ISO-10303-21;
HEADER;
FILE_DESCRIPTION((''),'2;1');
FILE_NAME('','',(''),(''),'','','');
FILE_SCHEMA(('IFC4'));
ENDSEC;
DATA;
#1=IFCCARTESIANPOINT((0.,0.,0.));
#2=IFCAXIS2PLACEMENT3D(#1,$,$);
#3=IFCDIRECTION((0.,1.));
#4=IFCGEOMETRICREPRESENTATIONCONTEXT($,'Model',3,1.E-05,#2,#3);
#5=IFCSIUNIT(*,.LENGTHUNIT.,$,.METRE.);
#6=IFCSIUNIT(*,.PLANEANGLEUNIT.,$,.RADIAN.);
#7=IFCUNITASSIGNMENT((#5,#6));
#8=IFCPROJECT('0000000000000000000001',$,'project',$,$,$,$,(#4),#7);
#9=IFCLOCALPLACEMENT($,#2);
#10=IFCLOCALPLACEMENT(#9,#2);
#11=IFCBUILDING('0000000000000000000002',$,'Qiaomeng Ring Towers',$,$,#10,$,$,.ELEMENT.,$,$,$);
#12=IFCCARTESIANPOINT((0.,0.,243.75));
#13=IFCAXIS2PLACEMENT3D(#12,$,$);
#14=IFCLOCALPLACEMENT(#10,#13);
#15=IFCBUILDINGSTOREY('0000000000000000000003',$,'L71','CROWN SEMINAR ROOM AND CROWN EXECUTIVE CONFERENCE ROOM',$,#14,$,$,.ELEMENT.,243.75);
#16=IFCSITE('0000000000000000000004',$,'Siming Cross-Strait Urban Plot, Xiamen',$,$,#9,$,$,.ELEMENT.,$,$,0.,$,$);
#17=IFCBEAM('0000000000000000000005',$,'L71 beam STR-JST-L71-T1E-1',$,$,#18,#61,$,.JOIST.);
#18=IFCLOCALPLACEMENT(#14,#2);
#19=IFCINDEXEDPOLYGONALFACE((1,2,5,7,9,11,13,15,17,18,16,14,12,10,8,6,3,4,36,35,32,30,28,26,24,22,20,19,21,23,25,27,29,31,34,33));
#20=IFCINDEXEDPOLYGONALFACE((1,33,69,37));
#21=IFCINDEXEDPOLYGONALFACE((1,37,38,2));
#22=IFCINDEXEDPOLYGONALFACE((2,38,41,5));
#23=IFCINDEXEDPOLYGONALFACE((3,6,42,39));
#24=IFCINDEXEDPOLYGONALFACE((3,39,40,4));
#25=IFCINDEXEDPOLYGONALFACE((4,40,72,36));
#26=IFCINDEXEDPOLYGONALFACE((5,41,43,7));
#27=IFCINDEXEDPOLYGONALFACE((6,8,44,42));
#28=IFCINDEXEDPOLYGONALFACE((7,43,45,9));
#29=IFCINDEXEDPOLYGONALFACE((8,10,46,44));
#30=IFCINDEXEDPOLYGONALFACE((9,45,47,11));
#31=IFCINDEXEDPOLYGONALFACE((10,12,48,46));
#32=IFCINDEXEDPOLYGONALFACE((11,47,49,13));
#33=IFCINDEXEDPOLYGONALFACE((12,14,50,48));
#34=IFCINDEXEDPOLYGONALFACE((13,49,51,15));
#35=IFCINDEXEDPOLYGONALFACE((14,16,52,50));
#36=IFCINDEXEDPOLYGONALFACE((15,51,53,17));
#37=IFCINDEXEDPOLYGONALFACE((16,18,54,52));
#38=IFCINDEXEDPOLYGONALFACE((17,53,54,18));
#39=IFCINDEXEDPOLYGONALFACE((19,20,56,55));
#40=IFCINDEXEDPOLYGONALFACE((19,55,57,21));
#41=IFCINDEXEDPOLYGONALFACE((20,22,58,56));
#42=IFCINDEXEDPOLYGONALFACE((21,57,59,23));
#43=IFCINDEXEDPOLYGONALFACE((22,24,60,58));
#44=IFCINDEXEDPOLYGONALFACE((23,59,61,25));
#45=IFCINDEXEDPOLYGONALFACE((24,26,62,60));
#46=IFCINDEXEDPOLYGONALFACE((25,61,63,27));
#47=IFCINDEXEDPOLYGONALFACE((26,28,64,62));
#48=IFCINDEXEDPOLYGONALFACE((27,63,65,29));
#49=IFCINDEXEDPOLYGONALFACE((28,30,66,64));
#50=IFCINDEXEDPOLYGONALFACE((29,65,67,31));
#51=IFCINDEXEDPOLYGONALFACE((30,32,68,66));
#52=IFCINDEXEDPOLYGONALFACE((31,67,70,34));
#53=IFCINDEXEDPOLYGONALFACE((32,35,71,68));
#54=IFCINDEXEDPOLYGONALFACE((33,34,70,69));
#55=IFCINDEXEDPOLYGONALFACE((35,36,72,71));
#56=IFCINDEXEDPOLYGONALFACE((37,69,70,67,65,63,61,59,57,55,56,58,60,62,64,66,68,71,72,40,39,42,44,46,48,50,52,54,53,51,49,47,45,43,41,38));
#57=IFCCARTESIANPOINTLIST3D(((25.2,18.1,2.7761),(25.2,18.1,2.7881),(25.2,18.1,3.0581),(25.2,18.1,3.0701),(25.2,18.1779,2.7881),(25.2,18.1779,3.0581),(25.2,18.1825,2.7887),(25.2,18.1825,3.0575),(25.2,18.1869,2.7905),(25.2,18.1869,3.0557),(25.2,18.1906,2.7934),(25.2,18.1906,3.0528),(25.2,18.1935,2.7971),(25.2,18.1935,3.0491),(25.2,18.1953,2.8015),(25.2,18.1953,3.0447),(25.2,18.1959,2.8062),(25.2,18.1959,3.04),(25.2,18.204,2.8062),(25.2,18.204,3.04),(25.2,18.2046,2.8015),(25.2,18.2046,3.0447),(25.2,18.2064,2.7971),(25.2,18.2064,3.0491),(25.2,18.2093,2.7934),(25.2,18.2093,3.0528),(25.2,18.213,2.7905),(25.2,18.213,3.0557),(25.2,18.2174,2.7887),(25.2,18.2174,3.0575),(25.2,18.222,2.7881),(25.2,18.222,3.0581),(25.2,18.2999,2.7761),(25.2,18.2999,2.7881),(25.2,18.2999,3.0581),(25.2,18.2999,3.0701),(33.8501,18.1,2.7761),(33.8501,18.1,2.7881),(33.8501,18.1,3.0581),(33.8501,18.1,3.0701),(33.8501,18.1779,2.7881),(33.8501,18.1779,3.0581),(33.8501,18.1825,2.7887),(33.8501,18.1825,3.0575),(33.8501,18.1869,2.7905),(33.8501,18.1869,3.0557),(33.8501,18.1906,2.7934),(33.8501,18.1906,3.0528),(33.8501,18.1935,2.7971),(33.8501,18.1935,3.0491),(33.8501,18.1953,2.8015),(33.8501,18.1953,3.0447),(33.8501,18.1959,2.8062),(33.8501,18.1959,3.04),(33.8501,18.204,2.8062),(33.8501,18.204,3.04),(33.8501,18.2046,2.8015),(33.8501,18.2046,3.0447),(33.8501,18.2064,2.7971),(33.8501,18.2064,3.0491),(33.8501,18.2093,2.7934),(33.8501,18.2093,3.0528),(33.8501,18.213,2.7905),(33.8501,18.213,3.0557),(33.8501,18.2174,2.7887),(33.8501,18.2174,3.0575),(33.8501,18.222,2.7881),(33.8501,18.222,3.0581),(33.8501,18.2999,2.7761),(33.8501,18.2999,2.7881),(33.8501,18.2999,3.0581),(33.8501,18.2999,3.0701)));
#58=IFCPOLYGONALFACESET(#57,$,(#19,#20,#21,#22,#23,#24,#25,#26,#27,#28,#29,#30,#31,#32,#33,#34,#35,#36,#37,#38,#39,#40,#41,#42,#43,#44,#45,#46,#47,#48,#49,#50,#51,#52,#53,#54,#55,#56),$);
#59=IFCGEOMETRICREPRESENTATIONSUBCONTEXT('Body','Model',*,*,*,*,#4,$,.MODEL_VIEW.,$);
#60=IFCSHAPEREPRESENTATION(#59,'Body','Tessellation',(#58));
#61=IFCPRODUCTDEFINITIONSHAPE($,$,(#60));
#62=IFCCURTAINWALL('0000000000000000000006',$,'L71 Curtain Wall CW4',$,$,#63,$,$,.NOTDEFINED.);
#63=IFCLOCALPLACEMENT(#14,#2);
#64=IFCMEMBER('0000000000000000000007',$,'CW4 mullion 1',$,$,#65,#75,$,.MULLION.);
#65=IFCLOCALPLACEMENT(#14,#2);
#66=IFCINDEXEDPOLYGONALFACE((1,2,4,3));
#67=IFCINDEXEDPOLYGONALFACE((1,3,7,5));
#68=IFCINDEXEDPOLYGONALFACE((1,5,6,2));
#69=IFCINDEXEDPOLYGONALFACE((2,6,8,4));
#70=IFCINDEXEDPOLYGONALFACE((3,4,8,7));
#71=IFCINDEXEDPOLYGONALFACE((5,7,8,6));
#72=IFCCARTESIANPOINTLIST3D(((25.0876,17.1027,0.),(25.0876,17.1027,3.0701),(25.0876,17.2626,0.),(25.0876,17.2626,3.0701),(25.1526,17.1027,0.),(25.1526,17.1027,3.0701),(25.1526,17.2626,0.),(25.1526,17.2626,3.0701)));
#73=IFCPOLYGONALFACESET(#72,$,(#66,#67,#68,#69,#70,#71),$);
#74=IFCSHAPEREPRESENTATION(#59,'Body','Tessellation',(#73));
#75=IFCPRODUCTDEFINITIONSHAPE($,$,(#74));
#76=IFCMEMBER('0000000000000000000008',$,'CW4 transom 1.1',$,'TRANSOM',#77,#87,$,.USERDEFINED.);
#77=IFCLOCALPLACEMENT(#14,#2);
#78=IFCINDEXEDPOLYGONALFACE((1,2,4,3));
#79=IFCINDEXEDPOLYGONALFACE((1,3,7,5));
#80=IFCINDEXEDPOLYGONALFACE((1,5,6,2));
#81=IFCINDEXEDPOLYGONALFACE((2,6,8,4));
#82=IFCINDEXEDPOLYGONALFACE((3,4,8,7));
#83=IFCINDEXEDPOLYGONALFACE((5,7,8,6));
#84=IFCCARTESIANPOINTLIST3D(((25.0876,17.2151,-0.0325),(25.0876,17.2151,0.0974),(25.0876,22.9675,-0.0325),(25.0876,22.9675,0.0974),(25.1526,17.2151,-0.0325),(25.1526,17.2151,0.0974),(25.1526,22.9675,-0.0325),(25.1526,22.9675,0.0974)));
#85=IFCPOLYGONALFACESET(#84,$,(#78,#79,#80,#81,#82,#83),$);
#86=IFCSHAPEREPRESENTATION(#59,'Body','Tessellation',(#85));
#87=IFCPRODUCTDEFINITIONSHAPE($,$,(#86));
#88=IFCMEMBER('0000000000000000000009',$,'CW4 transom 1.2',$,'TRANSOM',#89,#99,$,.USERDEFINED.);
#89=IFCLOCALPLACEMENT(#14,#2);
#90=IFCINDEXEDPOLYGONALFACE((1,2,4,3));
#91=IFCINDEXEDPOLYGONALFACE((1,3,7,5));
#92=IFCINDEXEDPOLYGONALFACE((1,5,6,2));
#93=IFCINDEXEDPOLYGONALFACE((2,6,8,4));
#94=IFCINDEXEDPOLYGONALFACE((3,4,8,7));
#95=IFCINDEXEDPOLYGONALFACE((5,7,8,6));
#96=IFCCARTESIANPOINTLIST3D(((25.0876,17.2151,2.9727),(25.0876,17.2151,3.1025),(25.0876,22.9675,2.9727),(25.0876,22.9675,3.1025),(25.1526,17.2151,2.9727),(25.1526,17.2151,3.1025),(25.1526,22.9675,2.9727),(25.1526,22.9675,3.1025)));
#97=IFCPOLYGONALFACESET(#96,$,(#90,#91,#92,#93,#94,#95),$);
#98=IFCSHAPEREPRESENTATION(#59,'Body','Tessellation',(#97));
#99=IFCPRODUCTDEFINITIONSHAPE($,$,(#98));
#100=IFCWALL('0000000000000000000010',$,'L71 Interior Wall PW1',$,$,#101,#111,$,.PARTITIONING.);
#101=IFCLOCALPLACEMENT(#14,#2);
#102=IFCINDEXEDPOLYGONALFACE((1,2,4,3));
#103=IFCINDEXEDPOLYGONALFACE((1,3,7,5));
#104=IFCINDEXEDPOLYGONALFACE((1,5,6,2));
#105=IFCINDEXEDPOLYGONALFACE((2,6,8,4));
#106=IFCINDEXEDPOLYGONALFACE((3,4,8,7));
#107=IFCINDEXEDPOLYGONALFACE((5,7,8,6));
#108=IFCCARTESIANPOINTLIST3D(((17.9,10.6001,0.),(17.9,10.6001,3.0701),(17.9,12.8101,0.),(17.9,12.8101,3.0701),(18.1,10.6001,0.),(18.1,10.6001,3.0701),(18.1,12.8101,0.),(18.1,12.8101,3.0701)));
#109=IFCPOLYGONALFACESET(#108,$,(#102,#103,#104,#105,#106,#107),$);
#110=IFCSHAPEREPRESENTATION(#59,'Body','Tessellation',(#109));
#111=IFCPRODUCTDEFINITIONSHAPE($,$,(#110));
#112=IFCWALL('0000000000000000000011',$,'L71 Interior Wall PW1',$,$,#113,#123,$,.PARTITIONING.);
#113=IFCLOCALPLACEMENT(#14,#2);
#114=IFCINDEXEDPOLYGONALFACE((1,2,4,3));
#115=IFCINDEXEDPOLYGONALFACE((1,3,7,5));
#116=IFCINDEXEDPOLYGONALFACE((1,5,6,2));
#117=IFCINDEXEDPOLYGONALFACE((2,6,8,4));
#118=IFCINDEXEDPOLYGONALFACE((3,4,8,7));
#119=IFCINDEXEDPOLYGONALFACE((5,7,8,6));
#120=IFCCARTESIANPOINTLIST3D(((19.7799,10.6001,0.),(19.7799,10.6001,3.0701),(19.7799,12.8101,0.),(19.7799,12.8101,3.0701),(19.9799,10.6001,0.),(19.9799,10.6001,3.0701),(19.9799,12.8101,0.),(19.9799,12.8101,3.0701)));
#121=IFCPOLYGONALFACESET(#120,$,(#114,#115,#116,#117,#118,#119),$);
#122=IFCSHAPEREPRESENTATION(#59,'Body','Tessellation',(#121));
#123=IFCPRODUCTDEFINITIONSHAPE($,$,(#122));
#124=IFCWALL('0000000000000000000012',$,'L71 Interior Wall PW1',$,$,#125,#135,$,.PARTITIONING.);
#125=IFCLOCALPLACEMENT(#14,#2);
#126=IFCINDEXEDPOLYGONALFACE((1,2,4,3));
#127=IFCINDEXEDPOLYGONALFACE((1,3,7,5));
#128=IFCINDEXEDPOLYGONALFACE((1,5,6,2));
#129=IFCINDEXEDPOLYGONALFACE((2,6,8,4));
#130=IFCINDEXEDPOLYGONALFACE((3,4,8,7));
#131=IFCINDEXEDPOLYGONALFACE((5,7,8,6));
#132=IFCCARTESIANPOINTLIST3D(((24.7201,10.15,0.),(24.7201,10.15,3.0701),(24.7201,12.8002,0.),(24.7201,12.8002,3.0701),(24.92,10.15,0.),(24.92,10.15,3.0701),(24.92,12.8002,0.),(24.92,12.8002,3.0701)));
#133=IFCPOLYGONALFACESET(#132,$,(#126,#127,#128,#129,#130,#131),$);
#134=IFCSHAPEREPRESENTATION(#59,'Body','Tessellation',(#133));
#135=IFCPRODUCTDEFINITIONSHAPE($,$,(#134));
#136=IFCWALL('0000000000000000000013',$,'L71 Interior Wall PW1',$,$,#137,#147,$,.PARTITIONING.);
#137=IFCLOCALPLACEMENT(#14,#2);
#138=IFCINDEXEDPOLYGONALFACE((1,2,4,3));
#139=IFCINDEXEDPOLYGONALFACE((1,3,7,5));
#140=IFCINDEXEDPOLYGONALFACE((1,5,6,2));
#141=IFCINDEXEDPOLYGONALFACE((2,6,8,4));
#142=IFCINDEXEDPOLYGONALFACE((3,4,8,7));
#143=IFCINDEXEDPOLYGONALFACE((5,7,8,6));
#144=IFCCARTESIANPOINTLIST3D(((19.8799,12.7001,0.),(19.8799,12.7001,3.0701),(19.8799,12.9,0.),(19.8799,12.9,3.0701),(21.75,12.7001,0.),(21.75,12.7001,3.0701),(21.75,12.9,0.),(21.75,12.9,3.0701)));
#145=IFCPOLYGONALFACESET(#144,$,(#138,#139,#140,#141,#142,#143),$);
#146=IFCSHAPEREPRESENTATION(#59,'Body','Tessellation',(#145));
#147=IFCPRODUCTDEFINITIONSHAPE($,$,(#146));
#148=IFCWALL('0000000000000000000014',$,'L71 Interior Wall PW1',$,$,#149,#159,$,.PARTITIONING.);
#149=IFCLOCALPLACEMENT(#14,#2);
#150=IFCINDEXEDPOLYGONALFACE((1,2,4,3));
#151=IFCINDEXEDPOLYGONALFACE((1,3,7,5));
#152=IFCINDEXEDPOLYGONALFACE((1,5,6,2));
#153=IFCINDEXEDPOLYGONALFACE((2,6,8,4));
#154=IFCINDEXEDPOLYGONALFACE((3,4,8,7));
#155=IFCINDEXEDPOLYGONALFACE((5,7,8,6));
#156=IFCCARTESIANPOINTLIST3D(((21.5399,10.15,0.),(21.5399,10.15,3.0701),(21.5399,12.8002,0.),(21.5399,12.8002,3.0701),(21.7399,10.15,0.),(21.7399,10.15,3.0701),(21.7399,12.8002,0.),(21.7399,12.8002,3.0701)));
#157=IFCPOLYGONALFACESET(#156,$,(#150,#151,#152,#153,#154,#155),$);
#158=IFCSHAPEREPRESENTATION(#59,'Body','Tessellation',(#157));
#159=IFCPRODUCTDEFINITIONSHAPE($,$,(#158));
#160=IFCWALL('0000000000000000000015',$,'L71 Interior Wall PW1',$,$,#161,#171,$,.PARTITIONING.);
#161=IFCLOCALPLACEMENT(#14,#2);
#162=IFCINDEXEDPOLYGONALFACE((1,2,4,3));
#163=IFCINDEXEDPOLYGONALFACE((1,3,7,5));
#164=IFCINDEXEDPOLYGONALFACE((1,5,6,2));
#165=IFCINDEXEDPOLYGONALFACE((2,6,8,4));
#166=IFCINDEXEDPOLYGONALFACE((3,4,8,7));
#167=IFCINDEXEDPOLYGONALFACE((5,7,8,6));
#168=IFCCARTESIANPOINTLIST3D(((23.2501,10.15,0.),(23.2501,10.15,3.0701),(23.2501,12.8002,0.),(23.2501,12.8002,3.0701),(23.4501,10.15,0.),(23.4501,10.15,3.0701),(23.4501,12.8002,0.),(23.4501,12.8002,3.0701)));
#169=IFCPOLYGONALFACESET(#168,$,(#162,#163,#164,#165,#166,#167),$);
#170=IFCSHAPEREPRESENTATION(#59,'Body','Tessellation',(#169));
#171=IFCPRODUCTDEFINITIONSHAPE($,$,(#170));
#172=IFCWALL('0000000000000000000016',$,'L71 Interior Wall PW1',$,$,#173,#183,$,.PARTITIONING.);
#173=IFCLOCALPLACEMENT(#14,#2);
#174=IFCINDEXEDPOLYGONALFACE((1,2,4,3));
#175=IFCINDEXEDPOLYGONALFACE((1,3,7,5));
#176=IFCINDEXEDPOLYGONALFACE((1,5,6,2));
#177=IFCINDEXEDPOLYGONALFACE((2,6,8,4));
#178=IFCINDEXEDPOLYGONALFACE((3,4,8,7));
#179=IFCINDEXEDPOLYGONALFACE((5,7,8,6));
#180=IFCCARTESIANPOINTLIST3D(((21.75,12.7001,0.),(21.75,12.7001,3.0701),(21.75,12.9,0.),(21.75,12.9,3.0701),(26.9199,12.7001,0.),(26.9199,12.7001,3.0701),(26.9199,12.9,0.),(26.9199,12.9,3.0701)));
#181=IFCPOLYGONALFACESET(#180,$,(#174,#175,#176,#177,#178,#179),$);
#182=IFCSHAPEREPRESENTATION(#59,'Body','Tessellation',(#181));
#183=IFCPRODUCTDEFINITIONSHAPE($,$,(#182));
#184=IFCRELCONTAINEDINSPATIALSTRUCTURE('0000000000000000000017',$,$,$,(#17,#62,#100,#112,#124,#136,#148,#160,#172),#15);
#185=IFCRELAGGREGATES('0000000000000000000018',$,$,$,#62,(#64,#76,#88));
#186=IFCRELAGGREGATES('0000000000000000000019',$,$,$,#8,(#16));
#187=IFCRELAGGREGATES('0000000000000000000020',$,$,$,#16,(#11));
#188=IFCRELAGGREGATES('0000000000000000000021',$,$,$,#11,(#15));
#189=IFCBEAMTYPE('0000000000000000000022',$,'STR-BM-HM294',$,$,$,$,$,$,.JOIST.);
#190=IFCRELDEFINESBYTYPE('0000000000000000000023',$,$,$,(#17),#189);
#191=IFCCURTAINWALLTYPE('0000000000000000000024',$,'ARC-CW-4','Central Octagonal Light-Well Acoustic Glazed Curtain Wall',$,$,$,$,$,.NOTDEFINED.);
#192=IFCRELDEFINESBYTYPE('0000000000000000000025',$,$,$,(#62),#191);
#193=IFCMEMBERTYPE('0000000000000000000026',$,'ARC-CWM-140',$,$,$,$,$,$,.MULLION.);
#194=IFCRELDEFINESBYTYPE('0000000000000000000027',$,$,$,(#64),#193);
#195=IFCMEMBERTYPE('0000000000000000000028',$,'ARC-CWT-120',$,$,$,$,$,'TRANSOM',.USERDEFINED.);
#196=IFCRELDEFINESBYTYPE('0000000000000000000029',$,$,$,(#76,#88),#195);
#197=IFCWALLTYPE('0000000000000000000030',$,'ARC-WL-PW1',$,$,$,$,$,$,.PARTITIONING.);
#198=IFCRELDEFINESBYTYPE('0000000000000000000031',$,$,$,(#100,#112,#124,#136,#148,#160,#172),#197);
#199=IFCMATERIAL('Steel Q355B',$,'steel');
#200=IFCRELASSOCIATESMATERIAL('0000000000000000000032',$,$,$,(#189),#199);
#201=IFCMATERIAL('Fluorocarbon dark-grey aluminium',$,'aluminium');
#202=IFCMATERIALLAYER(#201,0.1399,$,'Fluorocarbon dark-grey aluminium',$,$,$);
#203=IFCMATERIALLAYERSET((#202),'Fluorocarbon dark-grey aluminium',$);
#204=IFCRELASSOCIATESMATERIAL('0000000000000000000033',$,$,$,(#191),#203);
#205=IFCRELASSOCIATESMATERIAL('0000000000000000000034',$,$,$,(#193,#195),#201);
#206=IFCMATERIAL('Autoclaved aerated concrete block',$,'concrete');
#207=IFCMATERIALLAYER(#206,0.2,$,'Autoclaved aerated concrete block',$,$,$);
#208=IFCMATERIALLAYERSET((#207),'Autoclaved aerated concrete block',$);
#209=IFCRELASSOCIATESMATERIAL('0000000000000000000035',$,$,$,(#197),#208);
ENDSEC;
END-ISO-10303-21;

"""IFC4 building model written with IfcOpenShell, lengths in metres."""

from ifc_helpers import new_model, si_unit, direction, frame, frame_2d, origin, origin_2d, place, context, subcontext, project, spatial, rectangle, i_section, extrude, source, transform, mapped, material, layer, layer_set, material_profile, profile_set, type_object, element, aggregate, save


model = new_model("IFC4")

# Units and contexts
model_context = context("Model", 3, precision=1e-05, world=origin(), true_north=direction((0.0, 1.0)))
body_context = subcontext(model_context, "Body", "Model", "MODEL_VIEW")
ifc_project = project(units=[si_unit("LENGTHUNIT", "METRE"), si_unit("PLANEANGLEUNIT", "RADIAN")], contexts=[model_context])

# Site, building, storey
site_placement = place(None, origin())
site = spatial("IfcSite", under=ifc_project, at=site_placement, Name="Siming Cross-Strait Urban Plot, Xiamen", CompositionType="ELEMENT", RefElevation=0.0)
building_placement = place(site_placement, origin())
building = spatial("IfcBuilding", under=site, at=building_placement, Name="Qiaomeng Ring Towers", CompositionType="ELEMENT")
storey_placement = place(building_placement, frame((0.0, 0.0, 243.75)))
storey = spatial("IfcBuildingStorey", under=building, at=storey_placement, Name="L71", Description="CROWN SEMINAR ROOM AND CROWN EXECUTIVE CONFERENCE ROOM", CompositionType="ELEMENT", Elevation=243.75)

# Beam
ifc_material_1 = material(Name="Steel Q355B", Category="steel")
ifc_material_profile_1 = material_profile(ifc_material_1, i_section(OverallWidth=0.2, OverallDepth=0.2939, WebThickness=0.0081, FlangeThickness=0.012, FilletRadius=0.0181, at=origin_2d()), Name="HM 294x200x8x12")
ifc_profile_set_1 = profile_set([ifc_material_profile_1], Name="Steel Q355B")
beam_type_1 = type_object("IfcBeamType", Name="STR-BM-HM294", PredefinedType="JOIST", material=ifc_profile_set_1)
shared_shape_1 = source(origin(), body_context, "Body", "SweptSolid", [
    extrude(i_section(OverallWidth=0.2, OverallDepth=0.2939, WebThickness=0.0081, FlangeThickness=0.012, FilletRadius=0.0181, at=origin_2d()), origin(), (0.0, 0.0, 1.0), 8.6501),
])
beam_1_placement = place(storey_placement, frame((25.2, 18.2, 2.9231), z_axis=(1.0, 0.0, 0.0), x_axis=(0.0, 1.0, 0.0)))
element("IfcBeam", 1, at=beam_1_placement, inside=storey, type_object=beam_type_1, Name="L71 beam STR-JST-L71-T1E-1", PredefinedType="JOIST", context=body_context, shape_type="MappedRepresentation", body=[
    mapped(shared_shape_1, transform((0.0, 0.0, 0.0), x_axis=(1.0, 0.0, 0.0), y_axis=(0.0, 1.0, 0.0), z_axis=(0.0, 0.0, 1.0), scale=1.0)),
])

# Curtain wall, members
ifc_material_2 = material(Name="Fluorocarbon dark-grey aluminium", Category="aluminium")
ifc_layer_1 = layer(ifc_material_2, 0.1399, Name="Fluorocarbon dark-grey aluminium")
ifc_layer_set_1 = layer_set([ifc_layer_1], Name="Fluorocarbon dark-grey aluminium")
curtain_wall_type = type_object("IfcCurtainWallType", Name="ARC-CW-4", Description="Central Octagonal Light-Well Acoustic Glazed Curtain Wall", PredefinedType="NOTDEFINED", material=ifc_layer_set_1)
curtain_wall_placement = place(storey_placement, origin())
curtain_wall = element("IfcCurtainWall", 2, at=curtain_wall_placement, inside=storey, type_object=curtain_wall_type, Name="L71 Curtain Wall CW4", PredefinedType="NOTDEFINED")
ifc_material_profile_2 = material_profile(ifc_material_2, rectangle(XDim=0.0649, YDim=0.1599, at=origin_2d()), Name="ALU MULL 65x160")
ifc_profile_set_2 = profile_set([ifc_material_profile_2], Name="Fluorocarbon dark-grey aluminium")
member_type_1 = type_object("IfcMemberType", Name="ARC-CWM-140", PredefinedType="MULLION", material=ifc_profile_set_2)
shared_shape_2 = source(origin(), body_context, "Body", "SweptSolid", [
    extrude(rectangle(XDim=0.0649, YDim=0.1599, at=origin_2d()), origin(), (0.0, 0.0, 1.0), 3.0701),
])
member_1_placement = place(storey_placement, frame((25.1201, 17.1826, 0.0), z_axis=(0.0, 0.0, 1.0), x_axis=(-1.0, 0.0, 0.0)))
member_1 = element("IfcMember", 3, at=member_1_placement, type_object=member_type_1, Name="CW4 mullion 1", PredefinedType="MULLION", context=body_context, shape_type="MappedRepresentation", body=[
    mapped(shared_shape_2, transform((0.0, 0.0, 0.0), x_axis=(1.0, 0.0, 0.0), y_axis=(0.0, 1.0, 0.0), z_axis=(0.0, 0.0, 1.0), scale=1.0)),
])
ifc_material_profile_3 = material_profile(ifc_material_2, rectangle(XDim=0.0649, YDim=0.1299, at=origin_2d()), Name="ALU TRAN 65x130")
ifc_profile_set_3 = profile_set([ifc_material_profile_3], Name="Fluorocarbon dark-grey aluminium")
member_type_2 = type_object("IfcMemberType", Name="ARC-CWT-120", ElementType="TRANSOM", PredefinedType="USERDEFINED", material=ifc_profile_set_3)
shared_shape_3 = source(origin(), body_context, "Body", "SweptSolid", [
    extrude(rectangle(XDim=0.0649, YDim=0.1299, at=origin_2d()), origin(), (0.0, 0.0, 1.0), 5.7524),
])
member_2_placement = place(storey_placement, frame((25.1201, 17.2151, 0.0325), z_axis=(0.0, 1.0, 0.0), x_axis=(-1.0, 0.0, 0.0)))
member_2 = element("IfcMember", 4, at=member_2_placement, type_object=member_type_2, Name="CW4 transom 1.1", ObjectType="TRANSOM", PredefinedType="USERDEFINED", context=body_context, shape_type="MappedRepresentation", body=[
    mapped(shared_shape_3, transform((0.0, 0.0, 0.0), x_axis=(1.0, 0.0, 0.0), y_axis=(0.0, 1.0, 0.0), z_axis=(0.0, 0.0, 1.0), scale=1.0)),
])
member_3_placement = place(storey_placement, frame((25.1201, 17.2151, 3.0376), z_axis=(0.0, 1.0, 0.0), x_axis=(-1.0, 0.0, 0.0)))
member_3 = element("IfcMember", 5, at=member_3_placement, type_object=member_type_2, Name="CW4 transom 1.2", ObjectType="TRANSOM", PredefinedType="USERDEFINED", context=body_context, shape_type="MappedRepresentation", body=[
    mapped(shared_shape_3, transform((0.0, 0.0, 0.0), x_axis=(1.0, 0.0, 0.0), y_axis=(0.0, 1.0, 0.0), z_axis=(0.0, 0.0, 1.0), scale=1.0)),
])
aggregate(curtain_wall, [member_1, member_2, member_3])

# Walls
ifc_material_3 = material(Name="Autoclaved aerated concrete block", Category="concrete")
ifc_layer_2 = layer(ifc_material_3, 0.2, Name="Autoclaved aerated concrete block")
ifc_layer_set_2 = layer_set([ifc_layer_2], Name="Autoclaved aerated concrete block")
wall_type_1 = type_object("IfcWallType", Name="ARC-WL-PW1", PredefinedType="PARTITIONING", material=ifc_layer_set_2)
for number, where, z_axis, x_axis, name in (
    (6, (18.0, 10.6001, 0.0), (0.0, 0.0, 1.0), (0.0, 1.0, 0.0), "L71 Interior Wall PW1"),
    (7, (19.8799, 10.6001, 0.0), (0.0, 0.0, 1.0), (0.0, 1.0, 0.0), "L71 Interior Wall PW1"),
):
    element("IfcWall", number, at=place(storey_placement, frame(where, z_axis=z_axis, x_axis=x_axis)), inside=storey, type_object=wall_type_1, Name=name, PredefinedType="PARTITIONING", context=body_context, shape_type="SweptSolid", body=[
        extrude(rectangle(XDim=2.21, YDim=0.2, at=frame_2d((1.105, 0.0))), origin(), (0.0, 0.0, 1.0), 3.0701),
    ])
wall_1_placement = place(storey_placement, frame((24.8201, 10.1499, 0.0), z_axis=(0.0, 0.0, 1.0), x_axis=(0.0, 1.0, 0.0)))
element("IfcWall", 8, at=wall_1_placement, inside=storey, type_object=wall_type_1, Name="L71 Interior Wall PW1", PredefinedType="PARTITIONING", context=body_context, shape_type="SweptSolid", body=[
    extrude(rectangle(XDim=2.6501, YDim=0.2, at=frame_2d((1.3252, 0.0))), origin(), (0.0, 0.0, 1.0), 3.0701),
])
wall_2_placement = place(storey_placement, frame((19.8799, 12.8, 0.0), z_axis=(0.0, 0.0, 1.0), x_axis=(1.0, 0.0, 0.0)))
element("IfcWall", 9, at=wall_2_placement, inside=storey, type_object=wall_type_1, Name="L71 Interior Wall PW1", PredefinedType="PARTITIONING", context=body_context, shape_type="SweptSolid", body=[
    extrude(rectangle(XDim=1.8701, YDim=0.2, at=frame_2d((0.9351, 0.0))), origin(), (0.0, 0.0, 1.0), 3.0701),
])
for number, where, z_axis, x_axis, name in (
    (10, (21.6399, 10.1499, 0.0), (0.0, 0.0, 1.0), (0.0, 1.0, 0.0), "L71 Interior Wall PW1"),
    (11, (23.3501, 10.1499, 0.0), (0.0, 0.0, 1.0), (0.0, 1.0, 0.0), "L71 Interior Wall PW1"),
):
    element("IfcWall", number, at=place(storey_placement, frame(where, z_axis=z_axis, x_axis=x_axis)), inside=storey, type_object=wall_type_1, Name=name, PredefinedType="PARTITIONING", context=body_context, shape_type="SweptSolid", body=[
        extrude(rectangle(XDim=2.6501, YDim=0.2, at=frame_2d((1.3252, 0.0))), origin(), (0.0, 0.0, 1.0), 3.0701),
    ])
wall_3_placement = place(storey_placement, frame((21.75, 12.8, 0.0), z_axis=(0.0, 0.0, 1.0), x_axis=(1.0, 0.0, 0.0)))
element("IfcWall", 12, at=wall_3_placement, inside=storey, type_object=wall_type_1, Name="L71 Interior Wall PW1", PredefinedType="PARTITIONING", context=body_context, shape_type="SweptSolid", body=[
    extrude(rectangle(XDim=5.1699, YDim=0.2, at=frame_2d((2.585, 0.0))), origin(), (0.0, 0.0, 1.0), 3.0701),
])

save(model, "model.ifc")
